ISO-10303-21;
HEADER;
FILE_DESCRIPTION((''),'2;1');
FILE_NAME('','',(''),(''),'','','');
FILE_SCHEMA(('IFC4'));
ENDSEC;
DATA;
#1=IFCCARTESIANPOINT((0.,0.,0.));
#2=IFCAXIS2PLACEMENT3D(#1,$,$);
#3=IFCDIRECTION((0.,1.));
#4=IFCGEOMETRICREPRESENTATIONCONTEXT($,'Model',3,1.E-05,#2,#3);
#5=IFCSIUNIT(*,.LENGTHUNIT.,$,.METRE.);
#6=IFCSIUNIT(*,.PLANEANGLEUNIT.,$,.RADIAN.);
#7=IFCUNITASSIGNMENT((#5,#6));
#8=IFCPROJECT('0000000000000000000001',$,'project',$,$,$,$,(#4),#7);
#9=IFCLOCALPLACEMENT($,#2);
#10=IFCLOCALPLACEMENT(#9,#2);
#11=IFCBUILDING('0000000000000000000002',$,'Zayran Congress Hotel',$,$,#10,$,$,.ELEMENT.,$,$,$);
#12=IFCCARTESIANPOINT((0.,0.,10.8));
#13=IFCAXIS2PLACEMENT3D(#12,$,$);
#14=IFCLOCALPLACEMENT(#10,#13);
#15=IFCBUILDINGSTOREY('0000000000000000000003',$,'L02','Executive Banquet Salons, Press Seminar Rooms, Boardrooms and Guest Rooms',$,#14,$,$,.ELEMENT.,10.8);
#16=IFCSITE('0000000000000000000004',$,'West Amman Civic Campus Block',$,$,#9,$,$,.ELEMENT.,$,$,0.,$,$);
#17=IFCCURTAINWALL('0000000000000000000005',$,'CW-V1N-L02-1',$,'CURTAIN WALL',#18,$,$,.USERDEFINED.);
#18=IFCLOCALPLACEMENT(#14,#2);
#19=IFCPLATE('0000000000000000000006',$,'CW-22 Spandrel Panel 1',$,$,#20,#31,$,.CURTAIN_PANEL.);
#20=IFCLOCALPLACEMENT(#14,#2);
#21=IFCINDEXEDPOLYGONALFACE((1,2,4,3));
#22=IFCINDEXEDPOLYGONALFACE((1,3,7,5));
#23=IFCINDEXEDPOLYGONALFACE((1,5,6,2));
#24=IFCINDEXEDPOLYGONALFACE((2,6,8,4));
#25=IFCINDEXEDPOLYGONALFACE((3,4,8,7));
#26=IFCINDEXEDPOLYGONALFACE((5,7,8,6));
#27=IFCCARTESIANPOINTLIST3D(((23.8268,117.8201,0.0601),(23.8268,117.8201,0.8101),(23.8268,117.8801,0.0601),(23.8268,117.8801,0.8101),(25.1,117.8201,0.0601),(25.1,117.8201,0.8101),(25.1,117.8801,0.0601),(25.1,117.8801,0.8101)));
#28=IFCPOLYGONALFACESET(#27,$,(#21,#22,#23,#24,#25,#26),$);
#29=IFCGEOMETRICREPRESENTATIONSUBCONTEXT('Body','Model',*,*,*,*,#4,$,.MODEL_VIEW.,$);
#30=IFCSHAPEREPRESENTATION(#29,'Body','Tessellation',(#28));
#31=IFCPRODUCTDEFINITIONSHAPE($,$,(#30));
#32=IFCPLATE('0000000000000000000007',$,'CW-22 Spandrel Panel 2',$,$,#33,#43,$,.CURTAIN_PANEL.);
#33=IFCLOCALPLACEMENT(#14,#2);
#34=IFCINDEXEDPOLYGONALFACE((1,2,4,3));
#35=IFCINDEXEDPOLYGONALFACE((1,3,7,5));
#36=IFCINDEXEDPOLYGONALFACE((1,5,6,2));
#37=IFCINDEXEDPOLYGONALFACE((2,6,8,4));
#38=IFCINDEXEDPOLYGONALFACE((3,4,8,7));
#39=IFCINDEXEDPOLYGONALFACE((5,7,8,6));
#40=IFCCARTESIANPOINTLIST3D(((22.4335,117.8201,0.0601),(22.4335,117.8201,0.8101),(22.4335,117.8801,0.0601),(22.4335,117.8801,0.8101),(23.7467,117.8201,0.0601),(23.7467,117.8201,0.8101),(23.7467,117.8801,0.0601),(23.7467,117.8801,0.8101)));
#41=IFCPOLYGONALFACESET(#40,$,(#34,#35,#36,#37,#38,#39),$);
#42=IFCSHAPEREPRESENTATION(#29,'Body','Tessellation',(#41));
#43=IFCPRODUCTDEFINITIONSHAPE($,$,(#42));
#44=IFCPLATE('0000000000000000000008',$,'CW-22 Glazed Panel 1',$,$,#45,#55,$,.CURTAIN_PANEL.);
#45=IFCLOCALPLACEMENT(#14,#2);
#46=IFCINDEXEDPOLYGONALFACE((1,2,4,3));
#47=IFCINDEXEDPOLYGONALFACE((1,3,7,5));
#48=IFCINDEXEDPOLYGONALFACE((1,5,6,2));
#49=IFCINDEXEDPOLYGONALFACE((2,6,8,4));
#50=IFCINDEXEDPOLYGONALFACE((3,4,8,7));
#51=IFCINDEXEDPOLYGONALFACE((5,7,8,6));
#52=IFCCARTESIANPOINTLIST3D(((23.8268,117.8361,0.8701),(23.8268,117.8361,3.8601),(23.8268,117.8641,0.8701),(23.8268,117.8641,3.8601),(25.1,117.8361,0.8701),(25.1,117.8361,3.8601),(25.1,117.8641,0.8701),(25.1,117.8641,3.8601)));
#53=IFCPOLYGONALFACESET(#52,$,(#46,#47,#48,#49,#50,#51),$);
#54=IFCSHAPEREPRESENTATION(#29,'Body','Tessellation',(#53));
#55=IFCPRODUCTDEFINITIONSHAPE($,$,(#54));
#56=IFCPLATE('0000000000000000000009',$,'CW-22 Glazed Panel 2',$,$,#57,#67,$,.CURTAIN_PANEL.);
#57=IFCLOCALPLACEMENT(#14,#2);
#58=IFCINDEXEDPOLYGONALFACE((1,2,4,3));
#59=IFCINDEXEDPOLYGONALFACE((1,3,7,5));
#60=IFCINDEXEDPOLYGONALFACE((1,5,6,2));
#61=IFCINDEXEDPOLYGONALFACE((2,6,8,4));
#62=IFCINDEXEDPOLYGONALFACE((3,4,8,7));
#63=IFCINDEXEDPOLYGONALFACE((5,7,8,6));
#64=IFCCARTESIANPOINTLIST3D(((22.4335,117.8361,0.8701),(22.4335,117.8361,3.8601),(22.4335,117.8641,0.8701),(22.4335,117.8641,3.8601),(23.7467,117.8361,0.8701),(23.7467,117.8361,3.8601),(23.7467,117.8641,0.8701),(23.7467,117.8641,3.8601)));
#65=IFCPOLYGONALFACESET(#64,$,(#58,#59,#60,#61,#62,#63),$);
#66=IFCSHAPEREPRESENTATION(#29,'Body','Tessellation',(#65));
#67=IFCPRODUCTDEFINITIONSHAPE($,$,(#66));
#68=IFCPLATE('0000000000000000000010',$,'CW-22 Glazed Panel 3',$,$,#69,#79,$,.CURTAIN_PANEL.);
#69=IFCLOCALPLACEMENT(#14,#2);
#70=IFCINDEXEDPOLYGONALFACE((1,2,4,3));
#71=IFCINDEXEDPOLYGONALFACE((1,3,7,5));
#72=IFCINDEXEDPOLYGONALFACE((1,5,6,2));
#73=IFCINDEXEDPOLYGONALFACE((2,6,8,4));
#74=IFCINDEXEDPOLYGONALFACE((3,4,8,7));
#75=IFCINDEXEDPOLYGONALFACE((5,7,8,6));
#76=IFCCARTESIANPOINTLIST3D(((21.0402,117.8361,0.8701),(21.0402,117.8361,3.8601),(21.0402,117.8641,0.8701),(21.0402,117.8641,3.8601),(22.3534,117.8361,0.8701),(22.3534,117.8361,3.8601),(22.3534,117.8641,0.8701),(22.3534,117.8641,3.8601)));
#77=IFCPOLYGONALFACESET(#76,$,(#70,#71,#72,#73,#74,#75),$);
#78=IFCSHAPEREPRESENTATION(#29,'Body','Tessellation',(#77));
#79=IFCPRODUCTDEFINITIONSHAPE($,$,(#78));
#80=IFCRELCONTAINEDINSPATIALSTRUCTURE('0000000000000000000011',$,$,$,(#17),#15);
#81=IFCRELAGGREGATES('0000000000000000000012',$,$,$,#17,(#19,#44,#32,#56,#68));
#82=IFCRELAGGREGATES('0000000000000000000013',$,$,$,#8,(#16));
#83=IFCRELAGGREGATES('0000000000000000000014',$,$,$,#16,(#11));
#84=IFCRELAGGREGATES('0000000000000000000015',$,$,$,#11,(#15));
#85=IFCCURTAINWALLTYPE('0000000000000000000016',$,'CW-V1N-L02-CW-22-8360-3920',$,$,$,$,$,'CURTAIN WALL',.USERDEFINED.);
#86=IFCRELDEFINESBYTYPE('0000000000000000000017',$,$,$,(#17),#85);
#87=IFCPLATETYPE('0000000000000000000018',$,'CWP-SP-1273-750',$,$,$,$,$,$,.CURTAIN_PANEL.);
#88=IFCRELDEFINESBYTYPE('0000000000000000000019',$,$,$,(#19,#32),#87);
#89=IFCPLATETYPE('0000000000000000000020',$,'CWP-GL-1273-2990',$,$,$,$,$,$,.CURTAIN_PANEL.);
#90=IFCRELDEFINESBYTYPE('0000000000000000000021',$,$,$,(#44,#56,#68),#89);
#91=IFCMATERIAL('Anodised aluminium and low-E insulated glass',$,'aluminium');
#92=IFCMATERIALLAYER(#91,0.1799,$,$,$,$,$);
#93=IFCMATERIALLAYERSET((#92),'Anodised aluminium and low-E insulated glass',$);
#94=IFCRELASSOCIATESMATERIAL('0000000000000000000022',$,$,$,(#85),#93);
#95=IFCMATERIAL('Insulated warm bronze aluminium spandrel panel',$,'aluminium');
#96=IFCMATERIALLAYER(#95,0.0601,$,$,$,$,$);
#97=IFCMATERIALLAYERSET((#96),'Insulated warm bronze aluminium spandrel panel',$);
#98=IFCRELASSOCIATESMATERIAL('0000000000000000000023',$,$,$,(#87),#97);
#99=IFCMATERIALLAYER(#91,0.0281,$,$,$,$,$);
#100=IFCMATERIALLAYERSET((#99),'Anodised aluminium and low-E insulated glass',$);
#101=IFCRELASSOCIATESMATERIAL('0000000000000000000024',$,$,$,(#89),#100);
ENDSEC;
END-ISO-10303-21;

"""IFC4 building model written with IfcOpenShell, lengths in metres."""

from ifc_helpers import new_model, si_unit, direction, frame, origin, origin_2d, place, context, subcontext, project, spatial, rectangle, extrude, material, layer, layer_set, type_object, element, aggregate, save


model = new_model("IFC4")

# Units and contexts
model_context = context("Model", 3, precision=1e-05, world=origin(), true_north=direction((0.0, 1.0)))
body_context = subcontext(model_context, "Body", "Model", "MODEL_VIEW")
ifc_project = project(units=[si_unit("LENGTHUNIT", "METRE"), si_unit("PLANEANGLEUNIT", "RADIAN")], contexts=[model_context])

# Site, building, storey
site_placement = place(None, origin())
site = spatial("IfcSite", under=ifc_project, at=site_placement, Name="West Amman Civic Campus Block", CompositionType="ELEMENT", RefElevation=0.0)
building_placement = place(site_placement, origin())
building = spatial("IfcBuilding", under=site, at=building_placement, Name="Zayran Congress Hotel", CompositionType="ELEMENT")
storey_placement = place(building_placement, frame((0.0, 0.0, 10.8)))
storey = spatial("IfcBuildingStorey", under=building, at=storey_placement, Name="L02", Description="Executive Banquet Salons, Press Seminar Rooms, Boardrooms and Guest Rooms", CompositionType="ELEMENT", Elevation=10.8)

# Curtain wall, plates
ifc_material_1 = material(Name="Anodised aluminium and low-E insulated glass", Category="aluminium")
ifc_layer_1 = layer(ifc_material_1, 0.1799)
ifc_layer_set_1 = layer_set([ifc_layer_1], Name="Anodised aluminium and low-E insulated glass")
curtain_wall_type = type_object("IfcCurtainWallType", Name="CW-V1N-L02-CW-22-8360-3920", ElementType="CURTAIN WALL", PredefinedType="USERDEFINED", material=ifc_layer_set_1)
curtain_wall_placement = place(storey_placement, origin())
curtain_wall = element("IfcCurtainWall", 1, at=curtain_wall_placement, inside=storey, type_object=curtain_wall_type, Name="CW-V1N-L02-1", ObjectType="CURTAIN WALL", PredefinedType="USERDEFINED")
ifc_material_2 = material(Name="Insulated warm bronze aluminium spandrel panel", Category="aluminium")
ifc_layer_2 = layer(ifc_material_2, 0.0601)
ifc_layer_set_2 = layer_set([ifc_layer_2], Name="Insulated warm bronze aluminium spandrel panel")
plate_type_1 = type_object("IfcPlateType", Name="CWP-SP-1273-750", PredefinedType="CURTAIN_PANEL", material=ifc_layer_set_2)
plate_1_placement = place(storey_placement, frame((24.4634, 117.8501, 0.0601), z_axis=(0.0, 0.0, 1.0), x_axis=(1.0, 0.0, 0.0)))
plate_1 = element("IfcPlate", 2, at=plate_1_placement, type_object=plate_type_1, Name="CW-22 Spandrel Panel 1", PredefinedType="CURTAIN_PANEL", context=body_context, shape_type="SweptSolid", body=[
    extrude(rectangle(XDim=1.2732, YDim=0.0601, at=origin_2d()), origin(), (0.0, 0.0, 1.0), 0.75),
])
plate_2_placement = place(storey_placement, frame((23.0901, 117.8501, 0.0601), z_axis=(0.0, 0.0, 1.0), x_axis=(1.0, 0.0, 0.0)))
plate_2 = element("IfcPlate", 3, at=plate_2_placement, type_object=plate_type_1, Name="CW-22 Spandrel Panel 2", PredefinedType="CURTAIN_PANEL", context=body_context, shape_type="SweptSolid", body=[
    extrude(rectangle(XDim=1.3132, YDim=0.0601, at=origin_2d()), origin(), (0.0, 0.0, 1.0), 0.75),
])
ifc_layer_3 = layer(ifc_material_1, 0.0281)
ifc_layer_set_3 = layer_set([ifc_layer_3], Name="Anodised aluminium and low-E insulated glass")
plate_type_2 = type_object("IfcPlateType", Name="CWP-GL-1273-2990", PredefinedType="CURTAIN_PANEL", material=ifc_layer_set_3)
plate_3_placement = place(storey_placement, frame((24.4634, 117.8501, 0.8701), z_axis=(0.0, 0.0, 1.0), x_axis=(1.0, 0.0, 0.0)))
plate_3 = element("IfcPlate", 4, at=plate_3_placement, type_object=plate_type_2, Name="CW-22 Glazed Panel 1", PredefinedType="CURTAIN_PANEL", context=body_context, shape_type="SweptSolid", body=[
    extrude(rectangle(XDim=1.2732, YDim=0.0281, at=origin_2d()), origin(), (0.0, 0.0, 1.0), 2.99),
])
plate_4_placement = place(storey_placement, frame((23.0901, 117.8501, 0.8701), z_axis=(0.0, 0.0, 1.0), x_axis=(1.0, 0.0, 0.0)))
plate_4 = element("IfcPlate", 5, at=plate_4_placement, type_object=plate_type_2, Name="CW-22 Glazed Panel 2", PredefinedType="CURTAIN_PANEL", context=body_context, shape_type="SweptSolid", body=[
    extrude(rectangle(XDim=1.3132, YDim=0.0281, at=origin_2d()), origin(), (0.0, 0.0, 1.0), 2.99),
])
plate_5_placement = place(storey_placement, frame((21.6968, 117.8501, 0.8701), z_axis=(0.0, 0.0, 1.0), x_axis=(1.0, 0.0, 0.0)))
plate_5 = element("IfcPlate", 6, at=plate_5_placement, type_object=plate_type_2, Name="CW-22 Glazed Panel 3", PredefinedType="CURTAIN_PANEL", context=body_context, shape_type="SweptSolid", body=[
    extrude(rectangle(XDim=1.3132, YDim=0.0281, at=origin_2d()), origin(), (0.0, 0.0, 1.0), 2.99),
])
aggregate(curtain_wall, [plate_1, plate_3, plate_2, plate_4, plate_5])

save(model, "model.ifc")
